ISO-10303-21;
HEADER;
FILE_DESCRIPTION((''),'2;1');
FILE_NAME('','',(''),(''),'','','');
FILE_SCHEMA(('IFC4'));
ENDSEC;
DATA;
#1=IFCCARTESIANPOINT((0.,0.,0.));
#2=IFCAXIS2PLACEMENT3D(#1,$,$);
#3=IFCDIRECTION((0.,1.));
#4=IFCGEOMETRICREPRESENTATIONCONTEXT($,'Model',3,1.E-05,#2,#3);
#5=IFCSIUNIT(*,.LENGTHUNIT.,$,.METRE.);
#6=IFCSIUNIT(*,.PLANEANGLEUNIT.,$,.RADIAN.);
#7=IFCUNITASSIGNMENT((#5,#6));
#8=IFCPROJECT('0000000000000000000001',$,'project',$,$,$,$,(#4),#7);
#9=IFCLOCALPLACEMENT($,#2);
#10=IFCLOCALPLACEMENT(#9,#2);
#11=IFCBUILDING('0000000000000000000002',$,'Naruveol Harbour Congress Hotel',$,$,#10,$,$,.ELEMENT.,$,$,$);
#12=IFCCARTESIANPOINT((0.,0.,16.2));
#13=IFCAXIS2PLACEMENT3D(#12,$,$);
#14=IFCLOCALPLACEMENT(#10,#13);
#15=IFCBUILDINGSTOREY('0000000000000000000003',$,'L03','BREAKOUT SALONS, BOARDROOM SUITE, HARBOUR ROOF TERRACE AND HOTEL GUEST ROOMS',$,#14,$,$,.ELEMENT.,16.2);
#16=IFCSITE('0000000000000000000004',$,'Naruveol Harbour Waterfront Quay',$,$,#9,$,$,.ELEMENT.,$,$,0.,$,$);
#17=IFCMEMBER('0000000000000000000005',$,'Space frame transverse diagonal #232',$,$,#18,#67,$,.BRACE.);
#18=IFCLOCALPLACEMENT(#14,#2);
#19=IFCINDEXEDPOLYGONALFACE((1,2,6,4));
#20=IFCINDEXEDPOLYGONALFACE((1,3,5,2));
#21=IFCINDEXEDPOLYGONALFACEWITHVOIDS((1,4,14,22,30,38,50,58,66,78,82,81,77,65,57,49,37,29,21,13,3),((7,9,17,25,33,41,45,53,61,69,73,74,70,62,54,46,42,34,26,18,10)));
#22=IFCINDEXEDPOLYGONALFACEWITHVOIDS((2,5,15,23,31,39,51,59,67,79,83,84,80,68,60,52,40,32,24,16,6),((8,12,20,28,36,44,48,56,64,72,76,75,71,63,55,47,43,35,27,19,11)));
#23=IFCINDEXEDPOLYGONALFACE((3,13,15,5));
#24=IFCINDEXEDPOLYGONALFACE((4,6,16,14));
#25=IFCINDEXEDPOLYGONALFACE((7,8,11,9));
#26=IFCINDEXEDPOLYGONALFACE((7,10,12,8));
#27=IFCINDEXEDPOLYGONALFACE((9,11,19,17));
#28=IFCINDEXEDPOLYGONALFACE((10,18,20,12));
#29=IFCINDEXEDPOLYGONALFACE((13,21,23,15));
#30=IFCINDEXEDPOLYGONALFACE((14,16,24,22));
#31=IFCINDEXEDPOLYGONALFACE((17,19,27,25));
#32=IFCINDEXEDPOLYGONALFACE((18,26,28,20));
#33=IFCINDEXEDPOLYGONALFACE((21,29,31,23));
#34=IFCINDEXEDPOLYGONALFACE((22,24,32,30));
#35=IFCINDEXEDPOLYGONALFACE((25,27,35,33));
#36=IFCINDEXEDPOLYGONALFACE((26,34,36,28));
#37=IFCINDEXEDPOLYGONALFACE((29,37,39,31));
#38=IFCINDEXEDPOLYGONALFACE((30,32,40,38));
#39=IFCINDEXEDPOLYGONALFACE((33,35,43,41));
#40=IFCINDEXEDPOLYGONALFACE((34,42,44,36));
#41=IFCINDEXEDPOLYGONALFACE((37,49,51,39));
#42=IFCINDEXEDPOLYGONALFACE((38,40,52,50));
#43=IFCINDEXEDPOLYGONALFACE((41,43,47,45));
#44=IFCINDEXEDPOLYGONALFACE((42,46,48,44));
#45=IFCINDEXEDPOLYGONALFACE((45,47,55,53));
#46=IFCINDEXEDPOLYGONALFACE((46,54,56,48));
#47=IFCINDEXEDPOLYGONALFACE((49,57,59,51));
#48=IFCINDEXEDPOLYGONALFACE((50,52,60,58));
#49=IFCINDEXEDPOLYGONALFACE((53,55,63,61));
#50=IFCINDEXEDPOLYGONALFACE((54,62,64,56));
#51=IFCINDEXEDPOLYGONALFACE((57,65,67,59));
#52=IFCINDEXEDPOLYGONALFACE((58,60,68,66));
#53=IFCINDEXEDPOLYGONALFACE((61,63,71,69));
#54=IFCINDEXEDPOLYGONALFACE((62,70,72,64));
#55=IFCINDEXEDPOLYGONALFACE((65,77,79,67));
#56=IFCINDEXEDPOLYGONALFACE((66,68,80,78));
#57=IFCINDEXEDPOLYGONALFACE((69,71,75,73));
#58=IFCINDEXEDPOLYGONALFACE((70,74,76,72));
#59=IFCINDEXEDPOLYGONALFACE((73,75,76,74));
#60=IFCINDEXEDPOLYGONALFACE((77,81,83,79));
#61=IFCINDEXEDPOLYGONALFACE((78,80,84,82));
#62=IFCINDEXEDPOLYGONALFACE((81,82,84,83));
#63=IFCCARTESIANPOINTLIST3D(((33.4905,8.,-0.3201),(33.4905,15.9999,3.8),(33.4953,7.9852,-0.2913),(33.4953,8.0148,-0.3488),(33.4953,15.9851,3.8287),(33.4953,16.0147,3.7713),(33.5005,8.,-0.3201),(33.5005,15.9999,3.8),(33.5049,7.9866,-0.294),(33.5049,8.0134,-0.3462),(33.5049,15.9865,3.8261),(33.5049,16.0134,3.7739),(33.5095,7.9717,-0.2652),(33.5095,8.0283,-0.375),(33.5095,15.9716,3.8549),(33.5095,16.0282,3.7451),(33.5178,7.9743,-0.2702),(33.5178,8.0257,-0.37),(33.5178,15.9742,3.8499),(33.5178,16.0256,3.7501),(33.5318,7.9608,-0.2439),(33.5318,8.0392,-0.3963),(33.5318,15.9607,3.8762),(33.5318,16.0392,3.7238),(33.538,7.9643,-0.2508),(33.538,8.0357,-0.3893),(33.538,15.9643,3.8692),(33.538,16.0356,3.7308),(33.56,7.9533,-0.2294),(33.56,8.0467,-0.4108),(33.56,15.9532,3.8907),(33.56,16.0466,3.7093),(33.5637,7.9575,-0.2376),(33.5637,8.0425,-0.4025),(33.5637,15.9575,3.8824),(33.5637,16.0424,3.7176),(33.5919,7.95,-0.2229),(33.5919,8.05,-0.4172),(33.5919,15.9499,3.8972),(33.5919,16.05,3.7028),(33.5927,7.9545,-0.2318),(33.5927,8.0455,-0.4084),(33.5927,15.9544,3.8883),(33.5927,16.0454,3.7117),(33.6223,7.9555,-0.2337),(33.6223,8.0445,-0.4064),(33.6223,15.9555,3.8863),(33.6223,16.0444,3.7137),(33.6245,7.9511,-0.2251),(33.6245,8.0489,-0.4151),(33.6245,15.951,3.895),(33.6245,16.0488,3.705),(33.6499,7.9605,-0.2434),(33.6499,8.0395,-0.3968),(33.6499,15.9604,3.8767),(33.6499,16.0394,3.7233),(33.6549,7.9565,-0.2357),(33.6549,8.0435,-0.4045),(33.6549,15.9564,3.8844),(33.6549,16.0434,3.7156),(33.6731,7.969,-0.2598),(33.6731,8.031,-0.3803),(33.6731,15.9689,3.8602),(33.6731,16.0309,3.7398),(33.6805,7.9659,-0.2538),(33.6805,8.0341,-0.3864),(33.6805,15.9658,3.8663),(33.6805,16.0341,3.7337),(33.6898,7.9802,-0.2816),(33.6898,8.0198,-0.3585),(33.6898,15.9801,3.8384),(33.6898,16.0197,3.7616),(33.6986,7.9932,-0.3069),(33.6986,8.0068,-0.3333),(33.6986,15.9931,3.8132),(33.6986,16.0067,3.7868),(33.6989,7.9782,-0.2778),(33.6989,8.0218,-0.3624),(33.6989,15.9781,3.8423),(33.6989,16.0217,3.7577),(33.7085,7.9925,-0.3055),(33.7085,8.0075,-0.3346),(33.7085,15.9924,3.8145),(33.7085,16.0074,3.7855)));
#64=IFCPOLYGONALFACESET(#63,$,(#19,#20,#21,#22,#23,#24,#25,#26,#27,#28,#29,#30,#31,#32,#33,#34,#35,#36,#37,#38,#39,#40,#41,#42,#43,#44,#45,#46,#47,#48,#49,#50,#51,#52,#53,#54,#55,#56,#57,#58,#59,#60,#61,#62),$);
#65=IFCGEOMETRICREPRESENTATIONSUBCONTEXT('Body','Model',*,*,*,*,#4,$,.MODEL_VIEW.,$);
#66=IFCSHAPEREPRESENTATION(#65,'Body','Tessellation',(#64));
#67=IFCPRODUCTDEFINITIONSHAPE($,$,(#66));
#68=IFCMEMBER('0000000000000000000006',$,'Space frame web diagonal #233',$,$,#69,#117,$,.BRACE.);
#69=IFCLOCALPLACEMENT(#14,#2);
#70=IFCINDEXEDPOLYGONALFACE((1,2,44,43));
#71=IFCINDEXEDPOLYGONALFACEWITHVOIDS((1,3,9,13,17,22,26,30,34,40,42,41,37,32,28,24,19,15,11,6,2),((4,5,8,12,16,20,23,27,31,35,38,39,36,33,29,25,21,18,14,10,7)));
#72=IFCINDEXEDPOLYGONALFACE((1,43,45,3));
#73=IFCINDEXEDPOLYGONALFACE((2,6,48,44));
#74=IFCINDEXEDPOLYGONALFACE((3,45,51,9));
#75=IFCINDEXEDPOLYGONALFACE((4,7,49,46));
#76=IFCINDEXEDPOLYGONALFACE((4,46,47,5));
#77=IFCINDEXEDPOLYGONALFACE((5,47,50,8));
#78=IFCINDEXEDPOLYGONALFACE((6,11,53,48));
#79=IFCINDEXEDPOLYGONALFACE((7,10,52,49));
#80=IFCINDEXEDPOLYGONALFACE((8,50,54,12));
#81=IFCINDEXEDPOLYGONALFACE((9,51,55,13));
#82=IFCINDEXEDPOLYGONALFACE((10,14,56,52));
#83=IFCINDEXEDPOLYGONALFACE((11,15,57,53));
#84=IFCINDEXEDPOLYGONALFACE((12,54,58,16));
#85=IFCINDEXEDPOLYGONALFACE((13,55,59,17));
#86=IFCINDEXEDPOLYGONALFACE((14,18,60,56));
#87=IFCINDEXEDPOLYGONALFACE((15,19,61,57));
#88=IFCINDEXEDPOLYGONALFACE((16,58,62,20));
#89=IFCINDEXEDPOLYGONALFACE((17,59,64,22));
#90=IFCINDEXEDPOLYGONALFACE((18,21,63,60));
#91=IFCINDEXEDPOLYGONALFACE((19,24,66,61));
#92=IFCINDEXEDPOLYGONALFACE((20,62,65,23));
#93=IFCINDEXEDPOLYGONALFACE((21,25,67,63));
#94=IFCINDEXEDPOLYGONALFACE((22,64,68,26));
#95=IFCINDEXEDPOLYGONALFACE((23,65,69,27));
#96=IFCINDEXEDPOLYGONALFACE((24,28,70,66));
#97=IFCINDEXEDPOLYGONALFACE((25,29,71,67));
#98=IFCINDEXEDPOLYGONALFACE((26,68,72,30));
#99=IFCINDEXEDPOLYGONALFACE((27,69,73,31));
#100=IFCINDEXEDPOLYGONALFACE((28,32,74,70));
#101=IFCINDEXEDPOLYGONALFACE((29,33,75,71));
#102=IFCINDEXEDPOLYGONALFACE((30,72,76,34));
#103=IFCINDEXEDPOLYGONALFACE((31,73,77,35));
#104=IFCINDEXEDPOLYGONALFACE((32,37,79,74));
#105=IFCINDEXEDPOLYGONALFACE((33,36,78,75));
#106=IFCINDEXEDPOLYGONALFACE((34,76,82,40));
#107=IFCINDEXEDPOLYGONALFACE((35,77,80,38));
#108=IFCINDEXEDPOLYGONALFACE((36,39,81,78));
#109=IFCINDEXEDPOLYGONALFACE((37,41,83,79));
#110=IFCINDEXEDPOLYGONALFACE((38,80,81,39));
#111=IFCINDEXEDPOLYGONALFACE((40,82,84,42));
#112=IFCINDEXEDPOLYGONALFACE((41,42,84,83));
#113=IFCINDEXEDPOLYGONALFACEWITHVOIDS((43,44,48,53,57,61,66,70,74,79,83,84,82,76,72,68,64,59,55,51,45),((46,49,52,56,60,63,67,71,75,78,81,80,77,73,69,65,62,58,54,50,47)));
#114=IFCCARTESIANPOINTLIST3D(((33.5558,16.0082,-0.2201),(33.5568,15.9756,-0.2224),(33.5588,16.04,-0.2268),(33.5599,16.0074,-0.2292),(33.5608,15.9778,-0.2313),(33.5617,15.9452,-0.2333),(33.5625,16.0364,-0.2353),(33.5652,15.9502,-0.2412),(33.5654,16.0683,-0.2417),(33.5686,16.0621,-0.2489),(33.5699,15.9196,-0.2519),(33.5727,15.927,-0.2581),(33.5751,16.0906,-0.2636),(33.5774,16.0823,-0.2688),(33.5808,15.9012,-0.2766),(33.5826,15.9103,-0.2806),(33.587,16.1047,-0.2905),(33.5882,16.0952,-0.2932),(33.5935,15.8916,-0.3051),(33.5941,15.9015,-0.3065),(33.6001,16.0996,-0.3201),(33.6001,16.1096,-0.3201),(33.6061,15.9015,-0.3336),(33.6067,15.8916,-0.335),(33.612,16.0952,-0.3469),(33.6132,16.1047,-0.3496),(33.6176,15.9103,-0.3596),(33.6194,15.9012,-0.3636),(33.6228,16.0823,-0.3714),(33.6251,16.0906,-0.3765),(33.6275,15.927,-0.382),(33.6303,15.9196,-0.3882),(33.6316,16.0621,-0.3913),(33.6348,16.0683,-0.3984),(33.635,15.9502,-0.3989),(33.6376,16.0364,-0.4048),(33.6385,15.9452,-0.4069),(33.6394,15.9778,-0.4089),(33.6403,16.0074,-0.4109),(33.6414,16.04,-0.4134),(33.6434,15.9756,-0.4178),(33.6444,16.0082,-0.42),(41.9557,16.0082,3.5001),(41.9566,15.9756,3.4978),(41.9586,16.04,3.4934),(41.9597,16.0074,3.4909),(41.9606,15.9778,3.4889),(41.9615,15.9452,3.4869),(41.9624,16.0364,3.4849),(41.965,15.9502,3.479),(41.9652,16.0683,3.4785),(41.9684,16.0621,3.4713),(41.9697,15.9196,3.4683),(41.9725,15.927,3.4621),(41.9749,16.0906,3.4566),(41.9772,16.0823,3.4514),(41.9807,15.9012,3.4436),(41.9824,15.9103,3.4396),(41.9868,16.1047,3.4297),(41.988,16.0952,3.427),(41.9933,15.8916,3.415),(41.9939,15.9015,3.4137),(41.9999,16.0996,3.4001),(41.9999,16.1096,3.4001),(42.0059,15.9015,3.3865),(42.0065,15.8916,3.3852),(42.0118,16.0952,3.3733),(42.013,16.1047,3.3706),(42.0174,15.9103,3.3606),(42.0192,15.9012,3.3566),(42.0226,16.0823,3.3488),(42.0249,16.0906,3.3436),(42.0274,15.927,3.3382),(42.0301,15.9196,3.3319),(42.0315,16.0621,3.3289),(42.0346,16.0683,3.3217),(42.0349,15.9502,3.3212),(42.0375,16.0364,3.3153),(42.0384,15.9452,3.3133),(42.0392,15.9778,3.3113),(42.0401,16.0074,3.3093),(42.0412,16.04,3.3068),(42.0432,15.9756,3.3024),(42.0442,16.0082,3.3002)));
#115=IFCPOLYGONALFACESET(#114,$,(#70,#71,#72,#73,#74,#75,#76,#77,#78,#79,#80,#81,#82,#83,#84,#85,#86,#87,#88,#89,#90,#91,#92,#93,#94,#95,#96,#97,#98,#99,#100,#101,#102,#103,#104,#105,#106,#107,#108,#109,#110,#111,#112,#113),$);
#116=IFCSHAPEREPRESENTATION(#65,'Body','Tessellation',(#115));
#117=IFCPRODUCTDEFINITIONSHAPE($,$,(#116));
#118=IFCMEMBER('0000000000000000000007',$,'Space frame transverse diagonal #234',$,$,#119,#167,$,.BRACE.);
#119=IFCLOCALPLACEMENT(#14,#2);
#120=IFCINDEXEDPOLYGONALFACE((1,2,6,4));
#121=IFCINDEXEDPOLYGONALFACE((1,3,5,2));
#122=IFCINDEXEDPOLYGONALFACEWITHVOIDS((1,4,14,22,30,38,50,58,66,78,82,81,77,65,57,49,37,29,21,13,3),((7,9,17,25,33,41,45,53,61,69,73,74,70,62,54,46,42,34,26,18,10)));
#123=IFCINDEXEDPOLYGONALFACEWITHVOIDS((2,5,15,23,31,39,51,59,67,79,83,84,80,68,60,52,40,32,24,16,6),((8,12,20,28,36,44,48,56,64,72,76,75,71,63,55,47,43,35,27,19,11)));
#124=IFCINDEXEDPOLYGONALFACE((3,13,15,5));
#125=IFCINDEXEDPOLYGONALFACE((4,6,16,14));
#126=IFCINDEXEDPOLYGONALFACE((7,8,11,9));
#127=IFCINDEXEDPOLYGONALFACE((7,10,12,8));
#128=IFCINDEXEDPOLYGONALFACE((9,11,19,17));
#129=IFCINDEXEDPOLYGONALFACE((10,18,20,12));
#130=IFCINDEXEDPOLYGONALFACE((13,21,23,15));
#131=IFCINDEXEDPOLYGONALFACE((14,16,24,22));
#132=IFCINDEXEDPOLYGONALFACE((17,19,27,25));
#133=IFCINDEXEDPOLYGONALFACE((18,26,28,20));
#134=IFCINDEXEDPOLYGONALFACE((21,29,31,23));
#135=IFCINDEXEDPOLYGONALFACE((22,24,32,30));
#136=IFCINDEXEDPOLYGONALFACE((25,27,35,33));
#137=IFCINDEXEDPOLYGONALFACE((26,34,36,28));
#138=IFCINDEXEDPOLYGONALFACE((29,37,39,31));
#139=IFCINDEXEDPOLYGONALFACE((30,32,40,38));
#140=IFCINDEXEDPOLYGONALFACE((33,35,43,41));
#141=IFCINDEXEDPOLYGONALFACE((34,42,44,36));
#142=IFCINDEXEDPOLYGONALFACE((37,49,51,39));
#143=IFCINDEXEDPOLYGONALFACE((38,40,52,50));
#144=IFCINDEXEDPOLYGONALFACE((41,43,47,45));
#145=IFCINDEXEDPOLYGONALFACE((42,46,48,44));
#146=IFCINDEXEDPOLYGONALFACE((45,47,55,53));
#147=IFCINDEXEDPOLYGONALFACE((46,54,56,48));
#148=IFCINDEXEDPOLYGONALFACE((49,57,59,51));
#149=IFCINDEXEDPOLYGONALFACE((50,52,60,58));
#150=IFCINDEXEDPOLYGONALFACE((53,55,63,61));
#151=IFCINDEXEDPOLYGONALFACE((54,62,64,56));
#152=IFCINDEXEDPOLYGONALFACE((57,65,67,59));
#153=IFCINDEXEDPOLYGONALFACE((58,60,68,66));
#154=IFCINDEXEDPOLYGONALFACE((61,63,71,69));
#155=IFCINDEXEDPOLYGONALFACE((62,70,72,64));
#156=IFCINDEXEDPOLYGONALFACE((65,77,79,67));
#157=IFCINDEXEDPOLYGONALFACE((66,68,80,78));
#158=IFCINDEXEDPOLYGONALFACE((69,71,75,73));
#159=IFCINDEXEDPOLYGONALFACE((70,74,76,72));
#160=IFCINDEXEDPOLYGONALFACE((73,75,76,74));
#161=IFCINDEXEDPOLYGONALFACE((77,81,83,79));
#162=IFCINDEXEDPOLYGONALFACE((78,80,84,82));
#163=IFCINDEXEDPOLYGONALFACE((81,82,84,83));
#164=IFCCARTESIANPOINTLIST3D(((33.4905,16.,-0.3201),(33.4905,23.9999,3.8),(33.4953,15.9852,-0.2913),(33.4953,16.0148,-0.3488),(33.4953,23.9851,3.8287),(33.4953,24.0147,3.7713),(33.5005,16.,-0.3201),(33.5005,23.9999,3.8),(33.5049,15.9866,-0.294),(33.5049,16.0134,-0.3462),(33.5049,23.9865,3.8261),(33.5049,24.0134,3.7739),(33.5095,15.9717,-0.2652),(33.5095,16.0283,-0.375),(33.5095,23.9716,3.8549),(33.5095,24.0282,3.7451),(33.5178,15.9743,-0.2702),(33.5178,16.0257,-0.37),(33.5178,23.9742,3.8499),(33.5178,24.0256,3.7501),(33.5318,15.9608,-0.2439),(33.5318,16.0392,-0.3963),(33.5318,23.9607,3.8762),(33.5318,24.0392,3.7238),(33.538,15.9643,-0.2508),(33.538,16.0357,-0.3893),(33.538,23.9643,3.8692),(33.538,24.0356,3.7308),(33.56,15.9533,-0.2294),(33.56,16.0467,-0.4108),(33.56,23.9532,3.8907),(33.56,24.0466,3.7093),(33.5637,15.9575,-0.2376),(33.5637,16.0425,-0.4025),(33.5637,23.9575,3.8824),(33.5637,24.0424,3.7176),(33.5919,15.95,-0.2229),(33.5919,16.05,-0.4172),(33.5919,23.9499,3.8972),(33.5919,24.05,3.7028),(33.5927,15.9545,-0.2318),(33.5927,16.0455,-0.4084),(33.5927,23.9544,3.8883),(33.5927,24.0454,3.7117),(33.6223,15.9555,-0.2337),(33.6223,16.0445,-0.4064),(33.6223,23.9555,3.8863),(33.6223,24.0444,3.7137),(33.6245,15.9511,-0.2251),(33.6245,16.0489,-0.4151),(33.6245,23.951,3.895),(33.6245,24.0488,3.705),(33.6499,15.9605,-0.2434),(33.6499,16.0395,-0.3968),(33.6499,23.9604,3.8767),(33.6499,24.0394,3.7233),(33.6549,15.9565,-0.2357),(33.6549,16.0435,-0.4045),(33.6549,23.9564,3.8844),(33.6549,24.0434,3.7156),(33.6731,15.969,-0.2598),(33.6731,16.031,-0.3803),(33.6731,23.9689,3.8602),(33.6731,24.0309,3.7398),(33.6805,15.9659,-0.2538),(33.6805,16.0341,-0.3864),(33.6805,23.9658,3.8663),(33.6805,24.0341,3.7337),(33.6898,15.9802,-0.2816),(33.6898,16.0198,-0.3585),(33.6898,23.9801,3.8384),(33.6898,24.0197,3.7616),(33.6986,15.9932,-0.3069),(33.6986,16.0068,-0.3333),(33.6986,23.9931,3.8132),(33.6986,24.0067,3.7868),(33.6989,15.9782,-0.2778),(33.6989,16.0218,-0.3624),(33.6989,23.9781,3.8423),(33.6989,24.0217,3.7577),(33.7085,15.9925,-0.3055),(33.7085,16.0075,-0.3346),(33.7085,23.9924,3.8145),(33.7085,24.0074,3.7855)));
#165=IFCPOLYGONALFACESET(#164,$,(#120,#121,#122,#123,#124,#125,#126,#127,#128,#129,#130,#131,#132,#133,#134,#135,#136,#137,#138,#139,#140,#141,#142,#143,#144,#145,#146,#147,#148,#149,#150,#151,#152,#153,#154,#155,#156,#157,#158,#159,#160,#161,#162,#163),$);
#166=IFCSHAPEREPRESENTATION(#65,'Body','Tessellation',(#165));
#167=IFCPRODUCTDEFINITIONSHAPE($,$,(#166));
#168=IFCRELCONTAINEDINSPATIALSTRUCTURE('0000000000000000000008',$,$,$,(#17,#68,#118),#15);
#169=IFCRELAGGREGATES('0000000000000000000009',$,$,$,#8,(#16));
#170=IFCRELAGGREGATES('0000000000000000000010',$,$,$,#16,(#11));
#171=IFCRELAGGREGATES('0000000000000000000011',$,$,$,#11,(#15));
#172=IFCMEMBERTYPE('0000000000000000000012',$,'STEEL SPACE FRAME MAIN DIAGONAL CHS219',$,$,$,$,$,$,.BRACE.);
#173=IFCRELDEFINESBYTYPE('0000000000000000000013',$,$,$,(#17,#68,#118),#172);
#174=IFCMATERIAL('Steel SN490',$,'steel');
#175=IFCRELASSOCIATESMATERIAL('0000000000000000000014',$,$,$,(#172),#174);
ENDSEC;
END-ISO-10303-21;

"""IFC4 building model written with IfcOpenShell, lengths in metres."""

from ifc_helpers import new_model, si_unit, direction, frame, origin, origin_2d, place, context, subcontext, project, spatial, hollow_circle, extrude, material, material_profile, profile_set, type_object, element, save


model = new_model("IFC4")

# Units and contexts
model_context = context("Model", 3, precision=1e-05, world=origin(), true_north=direction((0.0, 1.0)))
body_context = subcontext(model_context, "Body", "Model", "MODEL_VIEW")
ifc_project = project(units=[si_unit("LENGTHUNIT", "METRE"), si_unit("PLANEANGLEUNIT", "RADIAN")], contexts=[model_context])

# Site, building, storey
site_placement = place(None, origin())
site = spatial("IfcSite", under=ifc_project, at=site_placement, Name="Naruveol Harbour Waterfront Quay", CompositionType="ELEMENT", RefElevation=0.0)
building_placement = place(site_placement, origin())
building = spatial("IfcBuilding", under=site, at=building_placement, Name="Naruveol Harbour Congress Hotel", CompositionType="ELEMENT")
storey_placement = place(building_placement, frame((0.0, 0.0, 16.2)))
storey = spatial("IfcBuildingStorey", under=building, at=storey_placement, Name="L03", Description="BREAKOUT SALONS, BOARDROOM SUITE, HARBOUR ROOF TERRACE AND HOTEL GUEST ROOMS", CompositionType="ELEMENT", Elevation=16.2)

# Members
ifc_material_1 = material(Name="Steel SN490", Category="steel")
ifc_material_profile_1 = material_profile(ifc_material_1, hollow_circle(Radius=0.1096, WallThickness=0.01, at=origin_2d()), Name="CHS-219.1x10")
ifc_profile_set_1 = profile_set([ifc_material_profile_1], Name="Steel SN490")
member_type_1 = type_object("IfcMemberType", Name="STEEL SPACE FRAME MAIN DIAGONAL CHS219", PredefinedType="BRACE", material=ifc_profile_set_1)
member_1_placement = place(storey_placement, frame((33.6001, 8.0, -0.3201), z_axis=(0.0, 0.889024, 0.45786), x_axis=(-1.0, 0.0, 0.0)))
element("IfcMember", 1, at=member_1_placement, inside=storey, type_object=member_type_1, Name="Space frame transverse diagonal #232", PredefinedType="BRACE", context=body_context, shape_type="SweptSolid", body=[
    extrude(hollow_circle(Radius=0.1096, WallThickness=0.01, at=origin_2d()), origin(), (0.0, 0.0, 1.0), 8.9985),
])
member_2_placement = place(storey_placement, frame((33.6001, 16.0, -0.3201), z_axis=(0.914339, 0.0, 0.40495), x_axis=(0.0, 1.0, 0.0)))
element("IfcMember", 2, at=member_2_placement, inside=storey, type_object=member_type_1, Name="Space frame web diagonal #233", PredefinedType="BRACE", context=body_context, shape_type="SweptSolid", body=[
    extrude(hollow_circle(Radius=0.1096, WallThickness=0.01, at=origin_2d()), origin(), (0.0, 0.0, 1.0), 9.1868),
])
member_3_placement = place(storey_placement, frame((33.6001, 16.0, -0.3201), z_axis=(0.0, 0.889024, 0.45786), x_axis=(-1.0, 0.0, 0.0)))
element("IfcMember", 3, at=member_3_placement, inside=storey, type_object=member_type_1, Name="Space frame transverse diagonal #234", PredefinedType="BRACE", context=body_context, shape_type="SweptSolid", body=[
    extrude(hollow_circle(Radius=0.1096, WallThickness=0.01, at=origin_2d()), origin(), (0.0, 0.0, 1.0), 8.9985),
])

save(model, "model.ifc")
